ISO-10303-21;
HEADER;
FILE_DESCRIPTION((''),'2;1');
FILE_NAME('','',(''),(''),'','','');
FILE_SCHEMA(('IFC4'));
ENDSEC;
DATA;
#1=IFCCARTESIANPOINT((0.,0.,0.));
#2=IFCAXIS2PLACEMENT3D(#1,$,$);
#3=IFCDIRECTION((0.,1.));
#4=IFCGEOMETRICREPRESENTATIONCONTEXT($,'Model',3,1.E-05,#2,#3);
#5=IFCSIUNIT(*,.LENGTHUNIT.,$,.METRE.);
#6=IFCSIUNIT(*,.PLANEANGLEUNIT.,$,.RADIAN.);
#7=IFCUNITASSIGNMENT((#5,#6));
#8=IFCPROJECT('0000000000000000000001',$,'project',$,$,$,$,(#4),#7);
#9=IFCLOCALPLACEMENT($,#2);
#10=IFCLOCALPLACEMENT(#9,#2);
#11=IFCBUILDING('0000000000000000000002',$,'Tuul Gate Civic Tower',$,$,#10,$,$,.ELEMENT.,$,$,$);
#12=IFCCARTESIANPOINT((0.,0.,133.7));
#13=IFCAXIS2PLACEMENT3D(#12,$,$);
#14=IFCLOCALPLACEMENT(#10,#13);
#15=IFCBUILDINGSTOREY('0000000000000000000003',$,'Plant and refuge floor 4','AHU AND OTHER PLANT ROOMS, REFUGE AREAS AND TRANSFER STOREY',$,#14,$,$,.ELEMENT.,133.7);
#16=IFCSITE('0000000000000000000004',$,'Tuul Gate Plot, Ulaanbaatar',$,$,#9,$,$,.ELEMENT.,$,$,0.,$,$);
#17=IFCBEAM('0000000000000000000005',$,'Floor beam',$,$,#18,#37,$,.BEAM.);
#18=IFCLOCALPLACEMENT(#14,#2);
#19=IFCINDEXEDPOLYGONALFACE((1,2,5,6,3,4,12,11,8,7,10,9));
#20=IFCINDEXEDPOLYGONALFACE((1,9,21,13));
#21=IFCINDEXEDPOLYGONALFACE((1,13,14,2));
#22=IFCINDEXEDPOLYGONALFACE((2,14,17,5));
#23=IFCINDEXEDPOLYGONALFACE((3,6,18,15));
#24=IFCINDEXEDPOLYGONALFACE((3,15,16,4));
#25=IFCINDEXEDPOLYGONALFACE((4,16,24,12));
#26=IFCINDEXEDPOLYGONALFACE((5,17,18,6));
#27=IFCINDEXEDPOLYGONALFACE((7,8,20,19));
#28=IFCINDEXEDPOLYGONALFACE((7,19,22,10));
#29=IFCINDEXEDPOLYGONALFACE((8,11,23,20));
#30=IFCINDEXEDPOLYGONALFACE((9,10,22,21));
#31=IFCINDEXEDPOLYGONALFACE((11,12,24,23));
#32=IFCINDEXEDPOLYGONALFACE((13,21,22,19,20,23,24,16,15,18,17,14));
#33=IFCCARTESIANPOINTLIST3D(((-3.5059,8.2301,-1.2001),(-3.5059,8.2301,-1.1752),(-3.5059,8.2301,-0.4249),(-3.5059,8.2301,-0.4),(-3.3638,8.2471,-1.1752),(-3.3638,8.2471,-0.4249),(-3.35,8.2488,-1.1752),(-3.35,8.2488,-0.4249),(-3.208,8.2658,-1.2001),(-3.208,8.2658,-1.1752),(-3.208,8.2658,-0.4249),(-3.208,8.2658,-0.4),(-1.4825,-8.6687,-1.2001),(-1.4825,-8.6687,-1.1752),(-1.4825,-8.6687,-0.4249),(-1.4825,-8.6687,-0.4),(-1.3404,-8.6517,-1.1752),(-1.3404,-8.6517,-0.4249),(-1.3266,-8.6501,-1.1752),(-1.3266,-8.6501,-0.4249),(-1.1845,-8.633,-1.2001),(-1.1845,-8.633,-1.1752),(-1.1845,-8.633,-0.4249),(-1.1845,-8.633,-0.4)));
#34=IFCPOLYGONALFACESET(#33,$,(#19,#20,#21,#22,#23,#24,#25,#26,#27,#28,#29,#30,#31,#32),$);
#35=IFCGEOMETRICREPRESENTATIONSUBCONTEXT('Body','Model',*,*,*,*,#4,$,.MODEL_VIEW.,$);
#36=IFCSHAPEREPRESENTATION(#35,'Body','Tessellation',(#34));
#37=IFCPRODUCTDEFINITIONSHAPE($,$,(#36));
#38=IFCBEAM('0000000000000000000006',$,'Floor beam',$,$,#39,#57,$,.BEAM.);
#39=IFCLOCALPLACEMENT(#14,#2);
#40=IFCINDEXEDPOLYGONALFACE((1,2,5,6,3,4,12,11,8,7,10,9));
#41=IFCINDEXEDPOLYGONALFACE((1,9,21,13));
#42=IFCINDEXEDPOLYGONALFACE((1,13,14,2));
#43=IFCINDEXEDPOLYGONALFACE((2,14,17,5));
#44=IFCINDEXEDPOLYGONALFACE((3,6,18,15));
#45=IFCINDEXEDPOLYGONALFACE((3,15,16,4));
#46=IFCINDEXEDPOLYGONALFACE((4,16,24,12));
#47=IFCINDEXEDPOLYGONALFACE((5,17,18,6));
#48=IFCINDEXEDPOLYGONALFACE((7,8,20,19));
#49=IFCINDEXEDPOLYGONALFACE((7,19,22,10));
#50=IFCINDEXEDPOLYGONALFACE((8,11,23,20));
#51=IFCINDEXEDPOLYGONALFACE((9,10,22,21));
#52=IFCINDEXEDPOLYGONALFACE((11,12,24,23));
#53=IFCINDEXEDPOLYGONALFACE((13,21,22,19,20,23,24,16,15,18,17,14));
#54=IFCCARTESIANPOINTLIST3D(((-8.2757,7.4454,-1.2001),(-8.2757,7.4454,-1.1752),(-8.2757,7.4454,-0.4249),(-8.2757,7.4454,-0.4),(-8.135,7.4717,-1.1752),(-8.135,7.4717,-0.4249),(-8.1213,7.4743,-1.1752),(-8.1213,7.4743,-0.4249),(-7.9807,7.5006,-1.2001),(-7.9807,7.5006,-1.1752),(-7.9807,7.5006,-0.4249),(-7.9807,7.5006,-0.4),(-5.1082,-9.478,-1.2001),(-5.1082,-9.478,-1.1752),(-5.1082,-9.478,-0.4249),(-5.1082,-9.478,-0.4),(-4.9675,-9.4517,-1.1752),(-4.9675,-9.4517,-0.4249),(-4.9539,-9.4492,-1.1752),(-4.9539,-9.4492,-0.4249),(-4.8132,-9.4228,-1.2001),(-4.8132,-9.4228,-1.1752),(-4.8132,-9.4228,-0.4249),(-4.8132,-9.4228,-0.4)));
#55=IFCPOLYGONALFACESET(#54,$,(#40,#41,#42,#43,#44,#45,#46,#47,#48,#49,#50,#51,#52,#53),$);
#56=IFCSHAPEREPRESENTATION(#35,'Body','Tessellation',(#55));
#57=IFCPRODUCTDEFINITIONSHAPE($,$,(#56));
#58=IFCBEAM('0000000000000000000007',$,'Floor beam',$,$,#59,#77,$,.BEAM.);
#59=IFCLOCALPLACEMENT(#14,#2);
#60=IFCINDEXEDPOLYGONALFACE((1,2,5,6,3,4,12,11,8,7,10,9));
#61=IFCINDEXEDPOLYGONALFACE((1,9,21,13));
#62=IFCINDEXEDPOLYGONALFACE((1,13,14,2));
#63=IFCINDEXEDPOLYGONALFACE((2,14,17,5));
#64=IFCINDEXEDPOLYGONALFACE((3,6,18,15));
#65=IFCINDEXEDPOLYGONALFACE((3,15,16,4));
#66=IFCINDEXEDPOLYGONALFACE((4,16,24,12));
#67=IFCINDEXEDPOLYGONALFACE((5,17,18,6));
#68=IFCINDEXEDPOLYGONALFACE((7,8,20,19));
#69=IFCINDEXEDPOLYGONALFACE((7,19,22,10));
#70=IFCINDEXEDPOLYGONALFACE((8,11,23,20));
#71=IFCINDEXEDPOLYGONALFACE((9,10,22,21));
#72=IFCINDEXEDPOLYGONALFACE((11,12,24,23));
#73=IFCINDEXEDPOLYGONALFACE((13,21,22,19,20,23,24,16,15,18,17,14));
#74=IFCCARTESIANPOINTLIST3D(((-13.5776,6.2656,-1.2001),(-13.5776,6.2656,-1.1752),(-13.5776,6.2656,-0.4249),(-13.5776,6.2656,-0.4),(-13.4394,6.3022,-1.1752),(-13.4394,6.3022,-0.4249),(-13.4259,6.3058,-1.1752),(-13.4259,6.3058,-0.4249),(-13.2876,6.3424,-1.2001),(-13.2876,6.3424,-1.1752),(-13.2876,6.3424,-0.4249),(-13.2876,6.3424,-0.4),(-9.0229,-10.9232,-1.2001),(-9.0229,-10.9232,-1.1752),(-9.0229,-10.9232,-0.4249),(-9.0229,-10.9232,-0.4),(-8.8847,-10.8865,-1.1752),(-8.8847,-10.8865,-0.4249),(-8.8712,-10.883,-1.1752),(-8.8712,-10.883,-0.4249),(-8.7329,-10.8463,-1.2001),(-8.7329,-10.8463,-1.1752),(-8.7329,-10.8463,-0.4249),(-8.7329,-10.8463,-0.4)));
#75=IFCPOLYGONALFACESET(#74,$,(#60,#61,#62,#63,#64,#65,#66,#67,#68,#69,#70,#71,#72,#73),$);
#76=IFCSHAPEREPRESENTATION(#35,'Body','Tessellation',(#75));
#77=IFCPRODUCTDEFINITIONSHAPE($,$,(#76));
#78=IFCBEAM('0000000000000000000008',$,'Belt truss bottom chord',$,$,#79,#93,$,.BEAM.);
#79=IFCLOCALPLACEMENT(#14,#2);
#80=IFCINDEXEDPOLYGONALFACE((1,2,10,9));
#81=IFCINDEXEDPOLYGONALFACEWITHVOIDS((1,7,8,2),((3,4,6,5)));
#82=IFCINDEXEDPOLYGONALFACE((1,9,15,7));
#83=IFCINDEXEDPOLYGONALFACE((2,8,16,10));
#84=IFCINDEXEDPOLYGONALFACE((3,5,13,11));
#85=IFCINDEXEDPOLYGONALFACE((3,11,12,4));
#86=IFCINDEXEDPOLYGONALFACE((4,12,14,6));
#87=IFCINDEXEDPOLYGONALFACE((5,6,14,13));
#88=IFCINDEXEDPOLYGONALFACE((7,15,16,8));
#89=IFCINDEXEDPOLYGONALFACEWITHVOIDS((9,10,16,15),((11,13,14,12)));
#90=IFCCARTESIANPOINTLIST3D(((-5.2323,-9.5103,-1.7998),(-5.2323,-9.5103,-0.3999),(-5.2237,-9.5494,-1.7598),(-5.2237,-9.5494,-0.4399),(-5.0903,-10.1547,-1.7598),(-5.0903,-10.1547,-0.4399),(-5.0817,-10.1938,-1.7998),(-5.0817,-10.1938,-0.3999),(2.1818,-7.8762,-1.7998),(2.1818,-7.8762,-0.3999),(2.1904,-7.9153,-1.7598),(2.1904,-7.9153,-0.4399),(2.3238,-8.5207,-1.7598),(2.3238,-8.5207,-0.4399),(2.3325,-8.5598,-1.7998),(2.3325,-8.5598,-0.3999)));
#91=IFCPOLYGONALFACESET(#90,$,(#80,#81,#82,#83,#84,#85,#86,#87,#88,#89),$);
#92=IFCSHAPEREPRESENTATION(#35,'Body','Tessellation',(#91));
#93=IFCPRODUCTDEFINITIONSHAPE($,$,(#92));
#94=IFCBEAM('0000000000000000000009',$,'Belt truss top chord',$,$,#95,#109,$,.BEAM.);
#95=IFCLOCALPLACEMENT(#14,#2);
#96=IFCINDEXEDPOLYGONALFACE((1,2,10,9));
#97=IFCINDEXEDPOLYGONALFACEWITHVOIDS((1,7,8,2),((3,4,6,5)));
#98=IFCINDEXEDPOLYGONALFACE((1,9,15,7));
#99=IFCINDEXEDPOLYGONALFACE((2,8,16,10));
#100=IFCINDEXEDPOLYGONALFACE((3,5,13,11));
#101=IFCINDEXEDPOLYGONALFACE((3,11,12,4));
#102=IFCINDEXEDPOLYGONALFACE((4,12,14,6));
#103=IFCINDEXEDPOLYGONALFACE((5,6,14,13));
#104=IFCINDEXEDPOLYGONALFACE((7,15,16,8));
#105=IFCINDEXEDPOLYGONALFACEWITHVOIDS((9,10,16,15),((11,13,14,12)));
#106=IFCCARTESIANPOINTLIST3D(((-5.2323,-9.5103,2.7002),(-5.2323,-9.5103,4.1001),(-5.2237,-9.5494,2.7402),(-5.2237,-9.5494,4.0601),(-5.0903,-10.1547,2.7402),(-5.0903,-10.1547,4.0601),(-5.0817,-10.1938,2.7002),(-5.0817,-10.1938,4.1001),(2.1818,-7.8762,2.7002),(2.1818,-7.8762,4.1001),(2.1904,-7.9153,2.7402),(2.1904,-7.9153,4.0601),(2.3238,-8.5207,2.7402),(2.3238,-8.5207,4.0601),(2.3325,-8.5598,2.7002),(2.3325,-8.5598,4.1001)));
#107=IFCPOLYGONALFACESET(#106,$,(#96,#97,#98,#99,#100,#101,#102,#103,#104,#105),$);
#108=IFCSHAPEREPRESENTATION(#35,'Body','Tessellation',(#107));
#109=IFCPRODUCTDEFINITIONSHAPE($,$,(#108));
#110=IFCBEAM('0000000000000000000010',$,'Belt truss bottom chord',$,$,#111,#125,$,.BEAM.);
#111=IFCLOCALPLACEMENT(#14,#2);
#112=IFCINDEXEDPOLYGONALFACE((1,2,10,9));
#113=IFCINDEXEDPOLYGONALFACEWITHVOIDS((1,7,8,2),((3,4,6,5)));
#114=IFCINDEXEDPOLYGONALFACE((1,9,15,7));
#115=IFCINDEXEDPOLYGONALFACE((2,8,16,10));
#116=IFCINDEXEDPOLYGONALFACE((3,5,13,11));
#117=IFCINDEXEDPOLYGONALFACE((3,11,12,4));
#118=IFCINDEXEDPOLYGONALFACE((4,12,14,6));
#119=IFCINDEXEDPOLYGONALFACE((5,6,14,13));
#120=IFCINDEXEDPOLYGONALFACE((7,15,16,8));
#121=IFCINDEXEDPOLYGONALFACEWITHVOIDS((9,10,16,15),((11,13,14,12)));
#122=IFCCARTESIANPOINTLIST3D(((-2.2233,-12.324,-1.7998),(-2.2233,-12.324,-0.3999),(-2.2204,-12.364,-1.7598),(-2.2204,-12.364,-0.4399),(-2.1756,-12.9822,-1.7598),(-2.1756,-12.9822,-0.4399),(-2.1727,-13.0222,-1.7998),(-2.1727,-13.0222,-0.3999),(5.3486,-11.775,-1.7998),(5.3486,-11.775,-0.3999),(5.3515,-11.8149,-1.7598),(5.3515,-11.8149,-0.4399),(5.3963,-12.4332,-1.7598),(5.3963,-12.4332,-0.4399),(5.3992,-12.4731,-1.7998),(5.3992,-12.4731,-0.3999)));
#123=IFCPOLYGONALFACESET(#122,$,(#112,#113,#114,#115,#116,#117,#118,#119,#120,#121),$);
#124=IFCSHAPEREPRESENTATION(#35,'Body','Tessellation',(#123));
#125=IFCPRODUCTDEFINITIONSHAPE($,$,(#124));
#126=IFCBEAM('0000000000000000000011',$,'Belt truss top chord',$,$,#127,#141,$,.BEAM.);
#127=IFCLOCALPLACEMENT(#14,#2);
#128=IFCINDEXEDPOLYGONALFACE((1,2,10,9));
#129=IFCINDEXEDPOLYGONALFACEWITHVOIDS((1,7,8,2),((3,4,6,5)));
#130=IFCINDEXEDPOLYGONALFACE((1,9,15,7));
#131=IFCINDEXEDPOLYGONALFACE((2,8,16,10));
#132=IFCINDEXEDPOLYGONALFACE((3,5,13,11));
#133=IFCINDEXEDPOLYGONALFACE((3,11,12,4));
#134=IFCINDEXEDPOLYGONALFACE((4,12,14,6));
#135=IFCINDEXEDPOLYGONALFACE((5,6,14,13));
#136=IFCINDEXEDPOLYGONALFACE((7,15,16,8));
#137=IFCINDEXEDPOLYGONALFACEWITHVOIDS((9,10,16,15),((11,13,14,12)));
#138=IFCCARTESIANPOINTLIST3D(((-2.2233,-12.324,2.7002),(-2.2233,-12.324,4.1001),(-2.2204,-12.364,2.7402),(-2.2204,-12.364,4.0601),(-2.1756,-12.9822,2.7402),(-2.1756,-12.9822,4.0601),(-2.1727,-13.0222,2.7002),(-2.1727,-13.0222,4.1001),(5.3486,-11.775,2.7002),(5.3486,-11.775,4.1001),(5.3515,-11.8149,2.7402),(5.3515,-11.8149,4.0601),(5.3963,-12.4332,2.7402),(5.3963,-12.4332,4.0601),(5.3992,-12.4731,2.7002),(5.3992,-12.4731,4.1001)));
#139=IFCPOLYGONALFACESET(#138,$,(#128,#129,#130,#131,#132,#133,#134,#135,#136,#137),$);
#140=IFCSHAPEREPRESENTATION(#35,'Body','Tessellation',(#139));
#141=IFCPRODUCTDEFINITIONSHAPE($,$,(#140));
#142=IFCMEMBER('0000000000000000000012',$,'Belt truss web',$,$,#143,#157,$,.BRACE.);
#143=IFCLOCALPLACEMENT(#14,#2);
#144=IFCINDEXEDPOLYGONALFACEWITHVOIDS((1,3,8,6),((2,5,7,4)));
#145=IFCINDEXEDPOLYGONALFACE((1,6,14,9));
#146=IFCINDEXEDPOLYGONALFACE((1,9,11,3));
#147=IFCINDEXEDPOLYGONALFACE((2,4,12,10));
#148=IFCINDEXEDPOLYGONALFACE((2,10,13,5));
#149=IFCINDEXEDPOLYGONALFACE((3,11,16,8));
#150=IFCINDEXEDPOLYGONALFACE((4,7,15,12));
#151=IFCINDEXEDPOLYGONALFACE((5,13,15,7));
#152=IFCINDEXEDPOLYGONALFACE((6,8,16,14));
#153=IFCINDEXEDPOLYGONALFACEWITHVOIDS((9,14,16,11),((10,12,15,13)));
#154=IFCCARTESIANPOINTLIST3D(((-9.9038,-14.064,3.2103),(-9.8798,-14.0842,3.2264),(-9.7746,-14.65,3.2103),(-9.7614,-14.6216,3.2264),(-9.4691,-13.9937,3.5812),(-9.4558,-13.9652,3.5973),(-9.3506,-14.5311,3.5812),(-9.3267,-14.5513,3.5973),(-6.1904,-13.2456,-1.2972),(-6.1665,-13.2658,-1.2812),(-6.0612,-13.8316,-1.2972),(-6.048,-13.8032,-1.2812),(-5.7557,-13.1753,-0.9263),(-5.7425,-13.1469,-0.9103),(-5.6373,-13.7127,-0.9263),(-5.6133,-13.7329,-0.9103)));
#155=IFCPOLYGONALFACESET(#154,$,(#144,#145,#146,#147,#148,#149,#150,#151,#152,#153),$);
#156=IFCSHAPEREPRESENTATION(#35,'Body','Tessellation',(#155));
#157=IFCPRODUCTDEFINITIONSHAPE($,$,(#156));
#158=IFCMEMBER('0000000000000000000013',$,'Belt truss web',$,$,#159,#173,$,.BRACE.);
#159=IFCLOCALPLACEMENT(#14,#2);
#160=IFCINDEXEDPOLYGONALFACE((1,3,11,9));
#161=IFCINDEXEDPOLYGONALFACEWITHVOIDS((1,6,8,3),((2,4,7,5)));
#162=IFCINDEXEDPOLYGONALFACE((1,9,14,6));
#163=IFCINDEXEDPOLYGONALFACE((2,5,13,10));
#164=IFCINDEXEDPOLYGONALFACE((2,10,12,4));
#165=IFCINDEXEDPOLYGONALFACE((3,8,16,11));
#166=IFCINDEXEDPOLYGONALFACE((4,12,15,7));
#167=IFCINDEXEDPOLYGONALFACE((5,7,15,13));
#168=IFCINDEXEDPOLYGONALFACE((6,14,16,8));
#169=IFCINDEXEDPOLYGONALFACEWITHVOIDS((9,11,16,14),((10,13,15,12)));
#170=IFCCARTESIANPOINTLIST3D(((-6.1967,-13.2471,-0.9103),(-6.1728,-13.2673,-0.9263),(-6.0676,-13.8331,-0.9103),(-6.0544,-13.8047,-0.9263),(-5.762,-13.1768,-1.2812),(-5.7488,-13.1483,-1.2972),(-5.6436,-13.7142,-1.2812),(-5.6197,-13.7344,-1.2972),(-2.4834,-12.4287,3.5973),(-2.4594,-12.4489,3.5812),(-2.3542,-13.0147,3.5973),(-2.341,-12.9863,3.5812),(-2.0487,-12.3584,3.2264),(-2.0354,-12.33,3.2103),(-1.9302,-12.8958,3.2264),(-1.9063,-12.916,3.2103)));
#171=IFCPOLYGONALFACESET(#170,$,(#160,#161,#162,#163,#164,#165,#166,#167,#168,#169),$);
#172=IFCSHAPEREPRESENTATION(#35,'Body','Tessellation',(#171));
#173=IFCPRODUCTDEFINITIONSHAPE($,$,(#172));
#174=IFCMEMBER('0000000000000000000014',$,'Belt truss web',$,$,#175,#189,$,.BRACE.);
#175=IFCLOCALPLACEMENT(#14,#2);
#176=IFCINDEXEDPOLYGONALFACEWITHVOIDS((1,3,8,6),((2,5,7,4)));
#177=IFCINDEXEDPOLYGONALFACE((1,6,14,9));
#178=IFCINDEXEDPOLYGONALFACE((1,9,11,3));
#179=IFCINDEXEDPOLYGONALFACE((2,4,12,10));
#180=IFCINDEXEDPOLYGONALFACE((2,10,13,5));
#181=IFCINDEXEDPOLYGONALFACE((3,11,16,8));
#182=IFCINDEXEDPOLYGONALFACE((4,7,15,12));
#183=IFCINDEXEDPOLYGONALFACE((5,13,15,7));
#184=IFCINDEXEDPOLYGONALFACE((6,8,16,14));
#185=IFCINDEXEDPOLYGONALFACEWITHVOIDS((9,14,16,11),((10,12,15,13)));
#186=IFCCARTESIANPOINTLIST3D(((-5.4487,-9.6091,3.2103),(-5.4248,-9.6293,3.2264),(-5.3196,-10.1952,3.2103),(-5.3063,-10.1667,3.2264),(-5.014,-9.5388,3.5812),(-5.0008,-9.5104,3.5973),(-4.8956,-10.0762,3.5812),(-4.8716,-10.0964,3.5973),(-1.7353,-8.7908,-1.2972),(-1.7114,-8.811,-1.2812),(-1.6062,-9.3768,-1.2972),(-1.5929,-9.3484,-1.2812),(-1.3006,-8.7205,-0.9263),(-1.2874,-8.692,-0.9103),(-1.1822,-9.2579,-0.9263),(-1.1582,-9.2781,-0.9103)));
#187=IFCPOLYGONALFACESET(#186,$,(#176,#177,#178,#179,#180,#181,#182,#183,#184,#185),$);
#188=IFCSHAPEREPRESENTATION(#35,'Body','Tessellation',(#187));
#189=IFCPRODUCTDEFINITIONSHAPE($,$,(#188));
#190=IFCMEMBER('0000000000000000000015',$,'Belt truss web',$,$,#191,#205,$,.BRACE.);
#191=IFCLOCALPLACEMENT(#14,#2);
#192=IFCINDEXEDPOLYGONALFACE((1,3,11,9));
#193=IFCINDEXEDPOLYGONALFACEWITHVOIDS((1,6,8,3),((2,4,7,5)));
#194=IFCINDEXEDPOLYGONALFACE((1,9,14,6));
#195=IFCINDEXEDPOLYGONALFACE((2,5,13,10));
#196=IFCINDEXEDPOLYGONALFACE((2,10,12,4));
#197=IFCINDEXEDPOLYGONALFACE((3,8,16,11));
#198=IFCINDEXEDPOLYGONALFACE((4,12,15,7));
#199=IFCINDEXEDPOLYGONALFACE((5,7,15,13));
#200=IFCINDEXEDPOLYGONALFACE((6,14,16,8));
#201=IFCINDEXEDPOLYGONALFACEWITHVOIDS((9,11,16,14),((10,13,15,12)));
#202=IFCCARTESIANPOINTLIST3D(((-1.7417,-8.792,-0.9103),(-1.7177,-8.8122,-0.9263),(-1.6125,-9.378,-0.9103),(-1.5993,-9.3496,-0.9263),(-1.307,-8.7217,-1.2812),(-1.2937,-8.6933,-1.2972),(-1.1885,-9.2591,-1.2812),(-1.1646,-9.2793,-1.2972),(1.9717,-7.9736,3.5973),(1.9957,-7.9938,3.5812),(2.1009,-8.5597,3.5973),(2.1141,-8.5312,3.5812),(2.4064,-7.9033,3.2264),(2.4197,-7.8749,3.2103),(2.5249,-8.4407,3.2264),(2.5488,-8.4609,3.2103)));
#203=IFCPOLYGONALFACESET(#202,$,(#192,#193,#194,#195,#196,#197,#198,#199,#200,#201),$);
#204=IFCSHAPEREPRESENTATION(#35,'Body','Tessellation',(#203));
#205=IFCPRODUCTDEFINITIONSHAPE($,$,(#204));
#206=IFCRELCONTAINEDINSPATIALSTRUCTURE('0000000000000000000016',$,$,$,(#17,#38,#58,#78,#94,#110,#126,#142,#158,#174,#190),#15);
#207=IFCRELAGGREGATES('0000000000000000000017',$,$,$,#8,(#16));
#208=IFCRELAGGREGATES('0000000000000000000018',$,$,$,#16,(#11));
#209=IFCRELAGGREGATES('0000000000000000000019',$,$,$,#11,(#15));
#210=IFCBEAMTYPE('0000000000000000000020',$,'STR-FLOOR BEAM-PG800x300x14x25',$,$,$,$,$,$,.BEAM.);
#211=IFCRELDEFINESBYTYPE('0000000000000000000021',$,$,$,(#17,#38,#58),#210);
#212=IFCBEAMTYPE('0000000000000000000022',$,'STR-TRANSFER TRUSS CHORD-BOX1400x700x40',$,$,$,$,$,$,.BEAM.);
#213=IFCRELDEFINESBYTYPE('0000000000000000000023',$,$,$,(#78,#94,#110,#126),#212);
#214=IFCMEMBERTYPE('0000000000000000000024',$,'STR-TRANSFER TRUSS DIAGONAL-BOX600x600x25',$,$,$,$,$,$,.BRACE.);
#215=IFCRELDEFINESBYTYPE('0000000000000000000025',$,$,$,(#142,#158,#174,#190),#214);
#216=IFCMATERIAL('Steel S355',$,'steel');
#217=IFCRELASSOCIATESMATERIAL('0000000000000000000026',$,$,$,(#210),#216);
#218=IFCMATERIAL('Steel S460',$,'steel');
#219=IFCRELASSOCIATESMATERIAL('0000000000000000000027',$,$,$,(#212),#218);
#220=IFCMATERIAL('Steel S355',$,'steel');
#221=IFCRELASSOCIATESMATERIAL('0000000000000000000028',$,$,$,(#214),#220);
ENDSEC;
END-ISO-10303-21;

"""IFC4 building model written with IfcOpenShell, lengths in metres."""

from ifc_helpers import new_model, si_unit, direction, frame, origin, origin_2d, place, context, subcontext, project, spatial, hollow_rectangle, i_section, extrude, material, material_profile, profile_set, type_object, element, save


model = new_model("IFC4")

# Units and contexts
model_context = context("Model", 3, precision=1e-05, world=origin(), true_north=direction((0.0, 1.0)))
body_context = subcontext(model_context, "Body", "Model", "MODEL_VIEW")
ifc_project = project(units=[si_unit("LENGTHUNIT", "METRE"), si_unit("PLANEANGLEUNIT", "RADIAN")], contexts=[model_context])

# Site, building, storey
site_placement = place(None, origin())
site = spatial("IfcSite", under=ifc_project, at=site_placement, Name="Tuul Gate Plot, Ulaanbaatar", CompositionType="ELEMENT", RefElevation=0.0)
building_placement = place(site_placement, origin())
building = spatial("IfcBuilding", under=site, at=building_placement, Name="Tuul Gate Civic Tower", CompositionType="ELEMENT")
storey_placement = place(building_placement, frame((0.0, 0.0, 133.7)))
storey = spatial("IfcBuildingStorey", under=building, at=storey_placement, Name="Plant and refuge floor 4", Description="AHU AND OTHER PLANT ROOMS, REFUGE AREAS AND TRANSFER STOREY", CompositionType="ELEMENT", Elevation=133.7)

# Beams
ifc_material_1 = material(Name="Steel S355", Category="steel")
ifc_material_profile_1 = material_profile(ifc_material_1, i_section(OverallWidth=0.3, OverallDepth=0.8, WebThickness=0.0139, FlangeThickness=0.0249, at=origin_2d()), Name="PG800x300x14x25")
ifc_profile_set_1 = profile_set([ifc_material_profile_1], Name="Steel S355")
beam_type_1 = type_object("IfcBeamType", Name="STR-FLOOR BEAM-PG800x300x14x25", PredefinedType="BEAM", material=ifc_profile_set_1)
beam_1_placement = place(storey_placement, frame((-1.3335, -8.6509, -0.8), z_axis=(-0.118888, 0.992908, 0.0), x_axis=(-0.992908, -0.118888, 0.0)))
element("IfcBeam", 1, at=beam_1_placement, inside=storey, type_object=beam_type_1, Name="Floor beam", PredefinedType="BEAM", context=body_context, shape_type="SweptSolid", body=[
    extrude(i_section(OverallWidth=0.3, OverallDepth=0.8, WebThickness=0.0139, FlangeThickness=0.0249, at=origin_2d()), origin(), (0.0, 0.0, 1.0), 17.0195),
])
beam_2_placement = place(storey_placement, frame((-4.9607, -9.4504, -0.8), z_axis=(-0.183972, 0.982932, 0.0), x_axis=(-0.982932, -0.183972, 0.0)))
element("IfcBeam", 2, at=beam_2_placement, inside=storey, type_object=beam_type_1, Name="Floor beam", PredefinedType="BEAM", context=body_context, shape_type="SweptSolid", body=[
    extrude(i_section(OverallWidth=0.3, OverallDepth=0.8, WebThickness=0.0139, FlangeThickness=0.0249, at=origin_2d()), origin(), (0.0, 0.0, 1.0), 17.2173),
])
beam_3_placement = place(storey_placement, frame((-8.8779, -10.8848, -0.8), z_axis=(-0.256141, 0.966639, 0.0), x_axis=(-0.966639, -0.256141, 0.0)))
element("IfcBeam", 3, at=beam_3_placement, inside=storey, type_object=beam_type_1, Name="Floor beam", PredefinedType="BEAM", context=body_context, shape_type="SweptSolid", body=[
    extrude(i_section(OverallWidth=0.3, OverallDepth=0.8, WebThickness=0.0139, FlangeThickness=0.0249, at=origin_2d()), origin(), (0.0, 0.0, 1.0), 17.782),
])
ifc_material_2 = material(Name="Steel S460", Category="steel")
ifc_material_profile_2 = material_profile(ifc_material_2, hollow_rectangle(XDim=0.7, YDim=1.3999, WallThickness=0.04, at=origin_2d()), Name="BOX1400x700x40")
ifc_profile_set_2 = profile_set([ifc_material_profile_2], Name="Steel S460")
beam_type_2 = type_object("IfcBeamType", Name="STR-TRANSFER TRUSS CHORD-BOX1400x700x40", PredefinedType="BEAM", material=ifc_profile_set_2)
for number, where, z_axis, x_axis, name in (
    (4, (-5.157, -9.8521, -1.0999), (0.976563, 0.215231, 0.0), (-0.215231, 0.976563, 0.0), "Belt truss bottom chord"),
    (5, (-5.157, -9.8521, 3.4001), (0.976563, 0.215231, 0.0), (-0.215231, 0.976563, 0.0), "Belt truss top chord"),
):
    element("IfcBeam", number, at=place(storey_placement, frame(where, z_axis=z_axis, x_axis=x_axis)), inside=storey, type_object=beam_type_2, Name=name, PredefinedType="BEAM", context=body_context, shape_type="SweptSolid", body=[
        extrude(hollow_rectangle(XDim=0.7, YDim=1.3999, WallThickness=0.04, at=origin_2d()), origin(), (0.0, 0.0, 1.0), 7.592),
    ])
for number, where, z_axis, x_axis, name in (
    (6, (-2.198, -12.6731, -1.0999), (0.997381, 0.072323, 0.0), (-0.072323, 0.997381, 0.0), "Belt truss bottom chord"),
    (7, (-2.198, -12.6731, 3.4001), (0.997381, 0.072323, 0.0), (-0.072323, 0.997381, 0.0), "Belt truss top chord"),
):
    element("IfcBeam", number, at=place(storey_placement, frame(where, z_axis=z_axis, x_axis=x_axis)), inside=storey, type_object=beam_type_2, Name=name, PredefinedType="BEAM", context=body_context, shape_type="SweptSolid", body=[
        extrude(hollow_rectangle(XDim=0.7, YDim=1.3999, WallThickness=0.04, at=origin_2d()), origin(), (0.0, 0.0, 1.0), 7.5918),
    ])

# Members
ifc_material_3 = material(Name="Steel S355", Category="steel")
ifc_material_profile_3 = material_profile(ifc_material_3, hollow_rectangle(XDim=0.6001, YDim=0.6001, WallThickness=0.0249, at=origin_2d()), Name="BOX600x600x25")
ifc_profile_set_3 = profile_set([ifc_material_profile_3], Name="Steel S355")
member_type_1 = type_object("IfcMemberType", Name="STR-TRANSFER TRUSS DIAGONAL-BOX600x600x25", PredefinedType="BRACE", material=ifc_profile_set_3)
for number, where, z_axis, x_axis, name in (
    (8, (-5.9019, -13.4893, -1.1038), (-0.629684, -0.138771, 0.764356), (0.215217, -0.976566, 0.0), "Belt truss web"),
    (9, (-5.9082, -13.4907, -1.1038), (0.629684, 0.138771, 0.764356), (-0.215217, 0.976566, 0.0), "Belt truss web"),
    (10, (-1.4468, -9.0344, -1.1038), (-0.629684, -0.138771, 0.764356), (0.215217, -0.976566, 0.0), "Belt truss web"),
    (11, (-1.4531, -9.0356, -1.1038), (0.629684, 0.138771, 0.764356), (-0.215217, 0.976566, 0.0), "Belt truss web"),
):
    element("IfcMember", number, at=place(storey_placement, frame(where, z_axis=z_axis, x_axis=x_axis)), inside=storey, type_object=member_type_1, Name=name, PredefinedType="BRACE", context=body_context, shape_type="SweptSolid", body=[
        extrude(hollow_rectangle(XDim=0.6001, YDim=0.6001, WallThickness=0.0249, at=origin_2d()), origin(), (0.0, 0.0, 1.0), 5.8972),
    ])

save(model, "model.ifc")
